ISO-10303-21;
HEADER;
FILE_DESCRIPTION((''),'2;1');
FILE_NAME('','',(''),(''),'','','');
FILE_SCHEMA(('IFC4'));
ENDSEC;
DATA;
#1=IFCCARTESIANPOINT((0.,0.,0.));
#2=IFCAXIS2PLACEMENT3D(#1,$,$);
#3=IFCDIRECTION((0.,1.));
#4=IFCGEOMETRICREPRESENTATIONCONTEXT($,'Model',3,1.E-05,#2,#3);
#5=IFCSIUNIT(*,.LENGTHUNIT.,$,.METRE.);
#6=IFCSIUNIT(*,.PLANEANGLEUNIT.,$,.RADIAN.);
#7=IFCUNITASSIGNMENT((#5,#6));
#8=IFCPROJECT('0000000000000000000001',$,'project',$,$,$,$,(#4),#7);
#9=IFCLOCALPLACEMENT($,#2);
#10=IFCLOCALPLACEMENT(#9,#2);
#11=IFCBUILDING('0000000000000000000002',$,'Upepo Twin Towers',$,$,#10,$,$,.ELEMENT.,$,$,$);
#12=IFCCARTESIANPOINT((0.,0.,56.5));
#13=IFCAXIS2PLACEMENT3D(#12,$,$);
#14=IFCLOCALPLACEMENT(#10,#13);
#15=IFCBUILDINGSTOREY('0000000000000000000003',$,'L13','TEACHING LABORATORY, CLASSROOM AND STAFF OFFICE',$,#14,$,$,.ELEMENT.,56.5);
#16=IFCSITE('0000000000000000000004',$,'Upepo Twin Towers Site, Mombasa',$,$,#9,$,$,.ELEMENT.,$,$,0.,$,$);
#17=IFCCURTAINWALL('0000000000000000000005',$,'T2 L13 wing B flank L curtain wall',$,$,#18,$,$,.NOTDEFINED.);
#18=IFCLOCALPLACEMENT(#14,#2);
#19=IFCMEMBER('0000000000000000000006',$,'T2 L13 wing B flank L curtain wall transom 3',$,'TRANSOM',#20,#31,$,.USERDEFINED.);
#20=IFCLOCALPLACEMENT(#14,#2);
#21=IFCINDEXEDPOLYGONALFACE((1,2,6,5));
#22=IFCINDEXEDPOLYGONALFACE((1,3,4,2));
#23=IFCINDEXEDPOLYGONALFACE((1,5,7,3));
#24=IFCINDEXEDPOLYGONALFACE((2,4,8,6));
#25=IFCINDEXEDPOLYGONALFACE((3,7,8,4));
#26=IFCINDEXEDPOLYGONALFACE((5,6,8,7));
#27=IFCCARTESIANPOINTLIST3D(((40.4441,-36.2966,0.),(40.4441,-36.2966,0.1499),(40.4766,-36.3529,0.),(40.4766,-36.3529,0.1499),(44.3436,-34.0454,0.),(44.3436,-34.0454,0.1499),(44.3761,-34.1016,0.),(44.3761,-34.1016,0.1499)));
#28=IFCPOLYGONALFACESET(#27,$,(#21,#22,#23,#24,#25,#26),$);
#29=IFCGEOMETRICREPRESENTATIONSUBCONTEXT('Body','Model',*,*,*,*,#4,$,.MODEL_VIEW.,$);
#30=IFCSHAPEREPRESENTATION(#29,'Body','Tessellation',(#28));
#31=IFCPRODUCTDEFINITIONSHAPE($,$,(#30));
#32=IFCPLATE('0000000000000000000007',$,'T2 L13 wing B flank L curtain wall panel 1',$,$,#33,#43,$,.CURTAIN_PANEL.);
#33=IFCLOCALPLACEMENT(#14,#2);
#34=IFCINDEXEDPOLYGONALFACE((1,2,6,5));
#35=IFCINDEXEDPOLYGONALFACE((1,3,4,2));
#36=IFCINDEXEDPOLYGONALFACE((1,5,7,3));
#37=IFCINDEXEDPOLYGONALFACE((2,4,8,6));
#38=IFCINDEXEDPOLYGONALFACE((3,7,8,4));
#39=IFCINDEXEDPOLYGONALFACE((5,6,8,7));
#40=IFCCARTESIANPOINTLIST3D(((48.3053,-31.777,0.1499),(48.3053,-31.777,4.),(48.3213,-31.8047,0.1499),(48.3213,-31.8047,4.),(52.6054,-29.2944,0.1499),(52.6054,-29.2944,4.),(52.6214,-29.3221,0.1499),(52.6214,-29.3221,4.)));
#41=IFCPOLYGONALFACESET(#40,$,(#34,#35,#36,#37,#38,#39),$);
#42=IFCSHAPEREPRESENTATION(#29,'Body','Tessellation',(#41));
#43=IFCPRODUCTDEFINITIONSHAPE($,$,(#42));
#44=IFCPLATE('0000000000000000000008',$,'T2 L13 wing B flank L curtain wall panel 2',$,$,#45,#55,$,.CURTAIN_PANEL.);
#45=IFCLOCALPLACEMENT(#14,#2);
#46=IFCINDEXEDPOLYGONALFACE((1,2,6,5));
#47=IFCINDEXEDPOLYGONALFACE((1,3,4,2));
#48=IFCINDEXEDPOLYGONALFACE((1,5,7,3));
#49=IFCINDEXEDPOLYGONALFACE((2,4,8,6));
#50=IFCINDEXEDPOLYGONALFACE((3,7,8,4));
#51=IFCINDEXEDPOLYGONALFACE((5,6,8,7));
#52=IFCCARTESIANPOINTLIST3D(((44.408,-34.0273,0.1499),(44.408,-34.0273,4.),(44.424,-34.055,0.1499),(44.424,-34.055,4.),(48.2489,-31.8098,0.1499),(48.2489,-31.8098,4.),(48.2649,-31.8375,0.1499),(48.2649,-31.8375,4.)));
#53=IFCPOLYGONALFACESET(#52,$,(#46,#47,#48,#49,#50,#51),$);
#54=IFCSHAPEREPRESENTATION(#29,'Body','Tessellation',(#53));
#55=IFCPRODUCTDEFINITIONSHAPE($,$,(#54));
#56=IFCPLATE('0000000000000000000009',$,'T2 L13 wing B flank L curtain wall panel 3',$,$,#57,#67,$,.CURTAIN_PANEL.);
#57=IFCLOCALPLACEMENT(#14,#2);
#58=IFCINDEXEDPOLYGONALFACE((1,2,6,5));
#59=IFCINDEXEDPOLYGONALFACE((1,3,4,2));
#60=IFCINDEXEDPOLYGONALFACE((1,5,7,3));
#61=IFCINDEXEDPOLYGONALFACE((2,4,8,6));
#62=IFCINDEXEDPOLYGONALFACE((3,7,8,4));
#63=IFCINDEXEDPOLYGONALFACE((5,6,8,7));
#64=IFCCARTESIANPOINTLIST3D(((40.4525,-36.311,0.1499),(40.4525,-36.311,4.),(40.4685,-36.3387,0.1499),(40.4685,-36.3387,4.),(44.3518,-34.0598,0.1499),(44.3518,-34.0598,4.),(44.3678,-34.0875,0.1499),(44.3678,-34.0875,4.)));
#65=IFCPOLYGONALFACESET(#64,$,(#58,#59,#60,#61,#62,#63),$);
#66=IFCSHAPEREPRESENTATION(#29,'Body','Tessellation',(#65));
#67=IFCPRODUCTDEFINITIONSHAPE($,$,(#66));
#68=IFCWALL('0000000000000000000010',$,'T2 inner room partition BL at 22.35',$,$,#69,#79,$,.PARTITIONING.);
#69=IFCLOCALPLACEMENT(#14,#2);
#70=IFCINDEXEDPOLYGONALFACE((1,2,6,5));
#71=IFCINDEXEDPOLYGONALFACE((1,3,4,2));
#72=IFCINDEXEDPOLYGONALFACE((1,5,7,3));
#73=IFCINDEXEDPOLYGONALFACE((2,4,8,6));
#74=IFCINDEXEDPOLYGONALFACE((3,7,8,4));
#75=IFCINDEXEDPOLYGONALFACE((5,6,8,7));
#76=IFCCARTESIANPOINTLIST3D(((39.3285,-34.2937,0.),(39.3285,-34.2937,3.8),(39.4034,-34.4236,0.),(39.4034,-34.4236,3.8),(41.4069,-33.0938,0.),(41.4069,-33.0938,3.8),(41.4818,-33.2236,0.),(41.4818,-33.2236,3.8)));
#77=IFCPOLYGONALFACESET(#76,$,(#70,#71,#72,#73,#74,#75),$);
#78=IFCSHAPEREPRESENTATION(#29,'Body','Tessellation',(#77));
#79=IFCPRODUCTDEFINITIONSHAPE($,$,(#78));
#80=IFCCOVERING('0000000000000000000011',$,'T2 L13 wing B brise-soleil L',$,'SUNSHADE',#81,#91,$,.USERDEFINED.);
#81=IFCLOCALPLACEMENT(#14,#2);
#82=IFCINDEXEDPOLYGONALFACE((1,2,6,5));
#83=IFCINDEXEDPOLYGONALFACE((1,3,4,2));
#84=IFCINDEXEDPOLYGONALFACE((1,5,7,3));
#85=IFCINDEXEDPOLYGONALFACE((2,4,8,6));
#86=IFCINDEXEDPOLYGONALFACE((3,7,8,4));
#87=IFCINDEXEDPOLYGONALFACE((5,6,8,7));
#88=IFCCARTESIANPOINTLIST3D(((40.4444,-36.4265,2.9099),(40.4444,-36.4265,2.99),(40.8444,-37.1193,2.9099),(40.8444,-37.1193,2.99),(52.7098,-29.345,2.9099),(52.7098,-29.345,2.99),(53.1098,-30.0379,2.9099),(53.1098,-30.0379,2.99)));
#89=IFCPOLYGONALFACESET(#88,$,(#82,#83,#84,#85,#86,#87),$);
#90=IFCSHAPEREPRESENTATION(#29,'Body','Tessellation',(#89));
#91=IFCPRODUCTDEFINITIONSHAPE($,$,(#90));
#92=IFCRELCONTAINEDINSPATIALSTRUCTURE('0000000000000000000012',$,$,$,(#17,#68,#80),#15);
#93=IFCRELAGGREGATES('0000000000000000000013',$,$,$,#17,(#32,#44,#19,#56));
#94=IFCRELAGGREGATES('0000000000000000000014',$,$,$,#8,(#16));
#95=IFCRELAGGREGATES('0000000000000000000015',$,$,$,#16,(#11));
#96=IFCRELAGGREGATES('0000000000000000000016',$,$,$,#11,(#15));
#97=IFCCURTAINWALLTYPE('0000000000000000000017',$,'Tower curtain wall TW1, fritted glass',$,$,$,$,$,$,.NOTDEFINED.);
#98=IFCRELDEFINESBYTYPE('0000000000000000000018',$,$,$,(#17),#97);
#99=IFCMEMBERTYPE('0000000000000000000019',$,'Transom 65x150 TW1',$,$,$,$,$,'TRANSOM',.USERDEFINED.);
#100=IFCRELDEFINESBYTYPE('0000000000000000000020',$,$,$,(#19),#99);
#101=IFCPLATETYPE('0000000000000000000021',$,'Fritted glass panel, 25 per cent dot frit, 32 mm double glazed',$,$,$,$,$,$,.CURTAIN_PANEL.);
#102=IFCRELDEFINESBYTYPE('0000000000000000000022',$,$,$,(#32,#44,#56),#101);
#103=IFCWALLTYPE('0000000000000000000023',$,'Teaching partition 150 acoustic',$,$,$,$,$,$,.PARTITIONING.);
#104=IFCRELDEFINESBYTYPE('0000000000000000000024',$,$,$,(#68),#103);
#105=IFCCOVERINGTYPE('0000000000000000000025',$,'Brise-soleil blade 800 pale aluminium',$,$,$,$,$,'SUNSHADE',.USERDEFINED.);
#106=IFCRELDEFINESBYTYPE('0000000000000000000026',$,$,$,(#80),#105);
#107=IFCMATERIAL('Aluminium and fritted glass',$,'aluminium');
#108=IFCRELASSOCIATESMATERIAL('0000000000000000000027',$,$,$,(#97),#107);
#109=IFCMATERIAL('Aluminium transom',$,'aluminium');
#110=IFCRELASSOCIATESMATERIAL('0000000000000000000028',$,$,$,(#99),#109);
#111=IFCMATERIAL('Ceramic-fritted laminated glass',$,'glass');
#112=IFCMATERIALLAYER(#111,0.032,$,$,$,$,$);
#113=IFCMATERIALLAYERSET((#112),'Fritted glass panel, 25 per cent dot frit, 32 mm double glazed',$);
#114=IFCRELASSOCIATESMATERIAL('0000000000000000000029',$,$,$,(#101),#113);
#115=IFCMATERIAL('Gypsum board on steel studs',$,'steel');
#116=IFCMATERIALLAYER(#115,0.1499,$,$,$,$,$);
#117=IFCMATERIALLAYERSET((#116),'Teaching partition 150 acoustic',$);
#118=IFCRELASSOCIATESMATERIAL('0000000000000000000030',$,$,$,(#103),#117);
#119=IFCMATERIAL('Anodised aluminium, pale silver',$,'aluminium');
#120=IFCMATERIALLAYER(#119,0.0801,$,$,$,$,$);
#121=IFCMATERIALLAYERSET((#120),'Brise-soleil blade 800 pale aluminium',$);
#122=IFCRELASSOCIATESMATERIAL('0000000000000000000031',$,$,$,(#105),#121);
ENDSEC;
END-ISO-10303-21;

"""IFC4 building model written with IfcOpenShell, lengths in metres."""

from ifc_helpers import new_model, si_unit, direction, frame, frame_2d, origin, origin_2d, place, context, subcontext, project, spatial, rectangle, extrude, material, layer, layer_set, material_profile, profile_set, type_object, element, aggregate, save


model = new_model("IFC4")

# Units and contexts
model_context = context("Model", 3, precision=1e-05, world=origin(), true_north=direction((0.0, 1.0)))
body_context = subcontext(model_context, "Body", "Model", "MODEL_VIEW")
ifc_project = project(units=[si_unit("LENGTHUNIT", "METRE"), si_unit("PLANEANGLEUNIT", "RADIAN")], contexts=[model_context])

# Site, building, storey
site_placement = place(None, origin())
site = spatial("IfcSite", under=ifc_project, at=site_placement, Name="Upepo Twin Towers Site, Mombasa", CompositionType="ELEMENT", RefElevation=0.0)
building_placement = place(site_placement, origin())
building = spatial("IfcBuilding", under=site, at=building_placement, Name="Upepo Twin Towers", CompositionType="ELEMENT")
storey_placement = place(building_placement, frame((0.0, 0.0, 56.5)))
storey = spatial("IfcBuildingStorey", under=building, at=storey_placement, Name="L13", Description="TEACHING LABORATORY, CLASSROOM AND STAFF OFFICE", CompositionType="ELEMENT", Elevation=56.5)

# Curtain wall, member, plates
ifc_material_1 = material(Name="Aluminium and fritted glass", Category="aluminium")
curtain_wall_type = type_object("IfcCurtainWallType", Name="Tower curtain wall TW1, fritted glass", PredefinedType="NOTDEFINED", material=ifc_material_1)
curtain_wall_placement = place(storey_placement, origin())
curtain_wall = element("IfcCurtainWall", 1, at=curtain_wall_placement, inside=storey, type_object=curtain_wall_type, Name="T2 L13 wing B flank L curtain wall", PredefinedType="NOTDEFINED")
ifc_material_2 = material(Name="Aluminium transom", Category="aluminium")
ifc_material_profile_1 = material_profile(ifc_material_2, rectangle(XDim=0.0649, YDim=0.1499, at=origin_2d()), Name="TRANSOM 65x150")
ifc_profile_set_1 = profile_set([ifc_material_profile_1], Name="Aluminium transom")
member_type_1 = type_object("IfcMemberType", Name="Transom 65x150 TW1", ElementType="TRANSOM", PredefinedType="USERDEFINED", material=ifc_profile_set_1)
member_1_placement = place(storey_placement, frame((44.3599, -34.0735, 0.075), z_axis=(-0.866036, -0.499982, 0.0), x_axis=(0.499982, -0.866036, 0.0)))
member_1 = element("IfcMember", 2, at=member_1_placement, type_object=member_type_1, Name="T2 L13 wing B flank L curtain wall transom 3", ObjectType="TRANSOM", PredefinedType="USERDEFINED", context=body_context, shape_type="SweptSolid", body=[
    extrude(rectangle(XDim=0.0649, YDim=0.1499, at=origin_2d()), origin(), (0.0, 0.0, 1.0), 4.5027),
])
ifc_material_3 = material(Name="Ceramic-fritted laminated glass", Category="glass")
ifc_layer_1 = layer(ifc_material_3, 0.032)
ifc_layer_set_1 = layer_set([ifc_layer_1], Name="Fritted glass panel, 25 per cent dot frit, 32 mm double glazed")
plate_type = type_object("IfcPlateType", Name="Fritted glass panel, 25 per cent dot frit, 32 mm double glazed", PredefinedType="CURTAIN_PANEL", material=ifc_layer_set_1)
plate_1_placement = place(storey_placement, frame((50.4634, -30.5496, 0.1499), z_axis=(0.0, 0.0, 1.0), x_axis=(-0.866025, -0.5, 0.0)))
plate_1 = element("IfcPlate", 3, at=plate_1_placement, type_object=plate_type, Name="T2 L13 wing B flank L curtain wall panel 1", PredefinedType="CURTAIN_PANEL", context=body_context, shape_type="SweptSolid", body=[
    extrude(rectangle(XDim=4.9653, YDim=0.032, at=origin_2d()), origin(), (0.0, 0.0, 1.0), 3.8501),
])
plate_2_placement = place(storey_placement, frame((46.3364, -32.9324, 0.1499), z_axis=(0.0, 0.0, 1.0), x_axis=(-0.866025, -0.5, 0.0)))
plate_2 = element("IfcPlate", 4, at=plate_2_placement, type_object=plate_type, Name="T2 L13 wing B flank L curtain wall panel 2", PredefinedType="CURTAIN_PANEL", context=body_context, shape_type="SweptSolid", body=[
    extrude(rectangle(XDim=4.4351, YDim=0.032, at=origin_2d()), origin(), (0.0, 0.0, 1.0), 3.8501),
])
plate_3_placement = place(storey_placement, frame((42.4102, -35.1992, 0.1499), z_axis=(0.0, 0.0, 1.0), x_axis=(-0.866025, -0.5, 0.0)))
plate_3 = element("IfcPlate", 5, at=plate_3_placement, type_object=plate_type, Name="T2 L13 wing B flank L curtain wall panel 3", PredefinedType="CURTAIN_PANEL", context=body_context, shape_type="SweptSolid", body=[
    extrude(rectangle(XDim=4.5024, YDim=0.032, at=origin_2d()), origin(), (0.0, 0.0, 1.0), 3.8501),
])
aggregate(curtain_wall, [plate_1, plate_2, member_1, plate_3])

# Wall
ifc_material_4 = material(Name="Gypsum board on steel studs", Category="steel")
ifc_layer_2 = layer(ifc_material_4, 0.1499)
ifc_layer_set_2 = layer_set([ifc_layer_2], Name="Teaching partition 150 acoustic")
wall_type = type_object("IfcWallType", Name="Teaching partition 150 acoustic", PredefinedType="PARTITIONING", material=ifc_layer_set_2)
wall_placement = place(storey_placement, frame((41.4443, -33.1587, 0.0), z_axis=(0.0, 0.0, 1.0), x_axis=(-0.866025, -0.500001, 0.0)))
element("IfcWall", 6, at=wall_placement, inside=storey, type_object=wall_type, Name="T2 inner room partition BL at 22.35", PredefinedType="PARTITIONING", context=body_context, shape_type="SweptSolid", body=[
    extrude(rectangle(XDim=2.3999, YDim=0.1499, at=frame_2d((1.2, 0.0))), origin(), (0.0, 0.0, 1.0), 3.8),
])

# Covering
ifc_material_5 = material(Name="Anodised aluminium, pale silver", Category="aluminium")
ifc_layer_3 = layer(ifc_material_5, 0.0801)
ifc_layer_set_3 = layer_set([ifc_layer_3], Name="Brise-soleil blade 800 pale aluminium")
covering_type = type_object("IfcCoveringType", Name="Brise-soleil blade 800 pale aluminium", ElementType="SUNSHADE", PredefinedType="USERDEFINED", material=ifc_layer_set_3)
covering_placement = place(storey_placement, frame((46.7771, -33.2322, 2.9099), z_axis=(0.0, 0.0, 1.0), x_axis=(-0.866025, -0.5, 0.0)))
element("IfcCovering", 7, at=covering_placement, inside=storey, type_object=covering_type, Name="T2 L13 wing B brise-soleil L", ObjectType="SUNSHADE", PredefinedType="USERDEFINED", context=body_context, shape_type="SweptSolid", body=[
    extrude(rectangle(XDim=14.1628, YDim=0.8, at=origin_2d()), origin(), (0.0, 0.0, 1.0), 0.0801),
])

save(model, "model.ifc")
